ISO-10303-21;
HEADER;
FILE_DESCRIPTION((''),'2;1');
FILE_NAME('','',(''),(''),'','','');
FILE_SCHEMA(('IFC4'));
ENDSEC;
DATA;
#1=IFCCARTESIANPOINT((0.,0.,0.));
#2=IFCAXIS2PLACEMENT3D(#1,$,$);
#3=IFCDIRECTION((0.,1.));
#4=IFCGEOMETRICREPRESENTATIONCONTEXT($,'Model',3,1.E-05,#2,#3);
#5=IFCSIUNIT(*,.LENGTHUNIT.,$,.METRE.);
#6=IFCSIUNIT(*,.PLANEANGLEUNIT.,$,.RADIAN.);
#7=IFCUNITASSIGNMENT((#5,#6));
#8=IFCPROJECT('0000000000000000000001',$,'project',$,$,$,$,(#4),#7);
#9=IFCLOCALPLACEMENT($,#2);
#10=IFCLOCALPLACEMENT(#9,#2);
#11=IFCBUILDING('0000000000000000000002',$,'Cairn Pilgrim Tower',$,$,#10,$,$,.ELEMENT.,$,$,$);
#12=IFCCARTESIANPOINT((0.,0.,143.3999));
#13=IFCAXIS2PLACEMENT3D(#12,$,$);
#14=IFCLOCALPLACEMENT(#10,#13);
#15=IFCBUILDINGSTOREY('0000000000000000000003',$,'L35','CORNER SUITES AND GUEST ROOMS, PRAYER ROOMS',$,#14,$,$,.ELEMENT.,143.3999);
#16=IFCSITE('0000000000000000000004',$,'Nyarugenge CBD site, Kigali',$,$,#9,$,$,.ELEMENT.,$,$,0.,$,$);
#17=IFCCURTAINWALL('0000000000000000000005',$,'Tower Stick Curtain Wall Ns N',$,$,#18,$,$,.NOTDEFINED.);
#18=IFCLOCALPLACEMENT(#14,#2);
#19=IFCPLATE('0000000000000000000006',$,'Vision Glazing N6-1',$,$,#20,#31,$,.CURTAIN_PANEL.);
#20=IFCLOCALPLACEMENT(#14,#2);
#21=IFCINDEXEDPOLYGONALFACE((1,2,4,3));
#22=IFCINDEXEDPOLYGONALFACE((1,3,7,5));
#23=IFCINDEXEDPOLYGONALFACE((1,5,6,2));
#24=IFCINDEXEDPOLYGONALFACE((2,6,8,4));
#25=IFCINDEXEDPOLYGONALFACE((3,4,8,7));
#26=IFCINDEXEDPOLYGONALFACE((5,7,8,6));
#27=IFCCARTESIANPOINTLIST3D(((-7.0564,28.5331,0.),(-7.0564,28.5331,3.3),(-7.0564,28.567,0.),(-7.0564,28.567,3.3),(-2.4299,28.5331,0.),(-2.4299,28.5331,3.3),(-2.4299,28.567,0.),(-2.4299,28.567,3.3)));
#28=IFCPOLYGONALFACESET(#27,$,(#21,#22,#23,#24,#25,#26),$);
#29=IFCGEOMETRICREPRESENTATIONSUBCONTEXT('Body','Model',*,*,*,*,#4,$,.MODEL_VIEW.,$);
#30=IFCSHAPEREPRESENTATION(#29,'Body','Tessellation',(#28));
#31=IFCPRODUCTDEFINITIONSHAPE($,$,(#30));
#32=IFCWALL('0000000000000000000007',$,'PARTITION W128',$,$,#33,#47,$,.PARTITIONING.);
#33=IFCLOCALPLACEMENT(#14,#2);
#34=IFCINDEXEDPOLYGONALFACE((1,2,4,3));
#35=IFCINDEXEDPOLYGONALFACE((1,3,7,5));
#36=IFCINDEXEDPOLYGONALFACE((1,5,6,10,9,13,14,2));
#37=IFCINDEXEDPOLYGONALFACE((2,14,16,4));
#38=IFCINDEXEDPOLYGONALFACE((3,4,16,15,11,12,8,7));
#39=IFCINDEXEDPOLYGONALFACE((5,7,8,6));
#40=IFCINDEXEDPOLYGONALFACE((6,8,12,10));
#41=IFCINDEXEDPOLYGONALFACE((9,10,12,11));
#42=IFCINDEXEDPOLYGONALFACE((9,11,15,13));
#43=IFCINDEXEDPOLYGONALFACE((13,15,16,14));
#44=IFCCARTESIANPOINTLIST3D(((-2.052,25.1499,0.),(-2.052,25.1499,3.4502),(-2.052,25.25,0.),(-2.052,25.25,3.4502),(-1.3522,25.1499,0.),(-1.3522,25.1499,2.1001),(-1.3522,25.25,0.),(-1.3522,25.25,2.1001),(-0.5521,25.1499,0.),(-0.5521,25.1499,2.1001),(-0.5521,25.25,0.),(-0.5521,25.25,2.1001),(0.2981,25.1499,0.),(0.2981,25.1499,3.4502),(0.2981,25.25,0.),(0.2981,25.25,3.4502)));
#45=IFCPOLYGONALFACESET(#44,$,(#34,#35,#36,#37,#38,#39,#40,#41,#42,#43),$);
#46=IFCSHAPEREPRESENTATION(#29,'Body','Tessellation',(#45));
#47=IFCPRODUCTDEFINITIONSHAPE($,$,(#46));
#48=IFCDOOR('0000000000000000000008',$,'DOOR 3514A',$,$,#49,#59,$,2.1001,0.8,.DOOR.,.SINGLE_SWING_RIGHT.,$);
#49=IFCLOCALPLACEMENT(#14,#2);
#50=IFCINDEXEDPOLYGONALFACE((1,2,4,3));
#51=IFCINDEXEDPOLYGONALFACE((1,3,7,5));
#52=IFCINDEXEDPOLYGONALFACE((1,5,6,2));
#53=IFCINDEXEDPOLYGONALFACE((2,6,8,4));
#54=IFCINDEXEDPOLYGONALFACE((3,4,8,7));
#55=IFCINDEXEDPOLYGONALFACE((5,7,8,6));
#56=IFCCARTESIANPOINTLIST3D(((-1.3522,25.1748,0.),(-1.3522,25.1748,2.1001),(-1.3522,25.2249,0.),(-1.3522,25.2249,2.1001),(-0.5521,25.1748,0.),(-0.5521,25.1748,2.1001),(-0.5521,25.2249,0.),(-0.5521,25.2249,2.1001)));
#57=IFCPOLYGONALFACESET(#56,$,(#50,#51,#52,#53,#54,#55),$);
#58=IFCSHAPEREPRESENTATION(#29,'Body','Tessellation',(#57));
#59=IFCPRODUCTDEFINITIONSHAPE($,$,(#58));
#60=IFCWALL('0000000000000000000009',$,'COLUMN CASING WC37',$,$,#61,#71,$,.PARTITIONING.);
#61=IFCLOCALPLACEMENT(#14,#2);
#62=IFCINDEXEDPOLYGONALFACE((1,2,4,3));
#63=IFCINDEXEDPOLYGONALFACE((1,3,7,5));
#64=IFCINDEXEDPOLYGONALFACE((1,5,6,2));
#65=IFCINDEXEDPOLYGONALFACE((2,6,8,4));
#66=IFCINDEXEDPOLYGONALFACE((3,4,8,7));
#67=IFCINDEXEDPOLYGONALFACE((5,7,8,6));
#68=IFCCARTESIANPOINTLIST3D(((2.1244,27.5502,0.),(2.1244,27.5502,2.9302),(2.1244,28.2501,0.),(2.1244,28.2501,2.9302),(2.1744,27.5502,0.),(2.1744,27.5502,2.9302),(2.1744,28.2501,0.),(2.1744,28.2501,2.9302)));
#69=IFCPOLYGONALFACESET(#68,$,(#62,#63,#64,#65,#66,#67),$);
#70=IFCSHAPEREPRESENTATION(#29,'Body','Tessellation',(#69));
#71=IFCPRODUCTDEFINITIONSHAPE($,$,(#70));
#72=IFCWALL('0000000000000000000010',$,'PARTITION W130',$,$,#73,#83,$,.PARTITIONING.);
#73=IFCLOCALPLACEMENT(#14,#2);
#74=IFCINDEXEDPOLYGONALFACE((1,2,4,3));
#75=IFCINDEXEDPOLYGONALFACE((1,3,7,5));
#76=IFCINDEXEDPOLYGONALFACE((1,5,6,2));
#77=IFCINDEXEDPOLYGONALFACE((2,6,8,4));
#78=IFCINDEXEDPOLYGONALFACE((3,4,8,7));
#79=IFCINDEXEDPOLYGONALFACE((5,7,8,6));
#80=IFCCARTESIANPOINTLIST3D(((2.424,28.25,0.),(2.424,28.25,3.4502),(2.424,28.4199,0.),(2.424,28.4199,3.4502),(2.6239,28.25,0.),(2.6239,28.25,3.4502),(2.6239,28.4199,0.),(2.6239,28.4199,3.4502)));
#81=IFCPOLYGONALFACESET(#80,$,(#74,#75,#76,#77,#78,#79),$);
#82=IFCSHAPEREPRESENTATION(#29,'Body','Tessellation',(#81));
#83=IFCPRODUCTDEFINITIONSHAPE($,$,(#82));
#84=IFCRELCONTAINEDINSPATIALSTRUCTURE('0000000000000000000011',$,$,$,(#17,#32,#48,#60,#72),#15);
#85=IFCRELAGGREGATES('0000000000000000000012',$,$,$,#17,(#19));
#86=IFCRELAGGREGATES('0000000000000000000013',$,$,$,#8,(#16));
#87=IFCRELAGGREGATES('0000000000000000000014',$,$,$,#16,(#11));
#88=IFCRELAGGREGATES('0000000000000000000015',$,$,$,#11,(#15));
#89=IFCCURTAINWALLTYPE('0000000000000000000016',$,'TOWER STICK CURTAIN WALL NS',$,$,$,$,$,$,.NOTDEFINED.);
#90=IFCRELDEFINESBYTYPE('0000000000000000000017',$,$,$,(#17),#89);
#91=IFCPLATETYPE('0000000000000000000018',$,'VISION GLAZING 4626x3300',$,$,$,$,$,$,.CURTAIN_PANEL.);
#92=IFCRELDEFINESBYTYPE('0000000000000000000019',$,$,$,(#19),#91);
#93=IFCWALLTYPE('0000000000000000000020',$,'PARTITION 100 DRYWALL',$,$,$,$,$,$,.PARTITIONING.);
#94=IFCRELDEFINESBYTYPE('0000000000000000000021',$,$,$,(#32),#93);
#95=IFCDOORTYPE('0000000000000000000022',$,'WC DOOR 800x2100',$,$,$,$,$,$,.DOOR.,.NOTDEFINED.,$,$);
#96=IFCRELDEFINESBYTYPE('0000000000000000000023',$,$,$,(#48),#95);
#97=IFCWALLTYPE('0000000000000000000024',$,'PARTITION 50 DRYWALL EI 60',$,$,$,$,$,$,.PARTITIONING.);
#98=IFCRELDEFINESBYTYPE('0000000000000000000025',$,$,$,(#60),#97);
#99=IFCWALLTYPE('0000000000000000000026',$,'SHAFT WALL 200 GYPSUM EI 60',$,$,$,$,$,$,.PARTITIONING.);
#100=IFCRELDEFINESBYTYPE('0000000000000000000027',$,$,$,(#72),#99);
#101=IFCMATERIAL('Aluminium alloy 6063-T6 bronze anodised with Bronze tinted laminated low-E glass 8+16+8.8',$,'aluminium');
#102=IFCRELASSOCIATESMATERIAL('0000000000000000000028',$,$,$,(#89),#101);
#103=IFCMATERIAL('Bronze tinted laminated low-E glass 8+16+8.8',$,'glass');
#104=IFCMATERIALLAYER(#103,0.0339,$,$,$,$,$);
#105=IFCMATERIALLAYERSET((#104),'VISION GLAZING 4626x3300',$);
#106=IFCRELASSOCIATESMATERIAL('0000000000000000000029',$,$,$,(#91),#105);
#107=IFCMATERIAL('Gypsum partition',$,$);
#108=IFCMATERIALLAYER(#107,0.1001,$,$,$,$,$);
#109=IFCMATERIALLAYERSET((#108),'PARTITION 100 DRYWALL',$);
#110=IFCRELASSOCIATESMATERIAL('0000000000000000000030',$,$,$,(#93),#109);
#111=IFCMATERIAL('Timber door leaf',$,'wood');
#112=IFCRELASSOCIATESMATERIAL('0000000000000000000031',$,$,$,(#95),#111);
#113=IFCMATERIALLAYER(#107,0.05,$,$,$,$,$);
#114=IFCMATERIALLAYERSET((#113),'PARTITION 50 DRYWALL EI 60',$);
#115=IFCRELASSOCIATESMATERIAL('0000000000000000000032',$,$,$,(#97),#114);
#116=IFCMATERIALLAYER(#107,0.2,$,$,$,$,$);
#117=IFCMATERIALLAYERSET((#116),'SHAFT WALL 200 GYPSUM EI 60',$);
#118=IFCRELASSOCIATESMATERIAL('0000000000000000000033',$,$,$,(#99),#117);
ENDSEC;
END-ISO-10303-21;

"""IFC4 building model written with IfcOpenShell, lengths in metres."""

from ifc_helpers import new_model, si_unit, direction, frame, frame_2d, origin, origin_2d, place, context, subcontext, project, spatial, rectangle, extrude, material, layer, layer_set, type_object, element, fill, aggregate, save


model = new_model("IFC4")

# Units and contexts
model_context = context("Model", 3, precision=1e-05, world=origin(), true_north=direction((0.0, 1.0)))
body_context = subcontext(model_context, "Body", "Model", "MODEL_VIEW")
ifc_project = project(units=[si_unit("LENGTHUNIT", "METRE"), si_unit("PLANEANGLEUNIT", "RADIAN")], contexts=[model_context])

# Site, building, storey
site_placement = place(None, origin())
site = spatial("IfcSite", under=ifc_project, at=site_placement, Name="Nyarugenge CBD site, Kigali", CompositionType="ELEMENT", RefElevation=0.0)
building_placement = place(site_placement, origin())
building = spatial("IfcBuilding", under=site, at=building_placement, Name="Cairn Pilgrim Tower", CompositionType="ELEMENT")
storey_placement = place(building_placement, frame((0.0, 0.0, 143.3999)))
storey = spatial("IfcBuildingStorey", under=building, at=storey_placement, Name="L35", Description="CORNER SUITES AND GUEST ROOMS, PRAYER ROOMS", CompositionType="ELEMENT", Elevation=143.3999)

# Curtain wall
ifc_material_1 = material(Name="Aluminium alloy 6063-T6 bronze anodised with Bronze tinted laminated low-E glass 8+16+8.8", Category="aluminium")
curtain_wall_type_1 = type_object("IfcCurtainWallType", Name="TOWER STICK CURTAIN WALL NS", PredefinedType="NOTDEFINED", material=ifc_material_1)
curtain_wall_1_placement = place(storey_placement, origin())
curtain_wall_1 = element("IfcCurtainWall", 1, at=curtain_wall_1_placement, inside=storey, type_object=curtain_wall_type_1, Name="Tower Stick Curtain Wall Ns N", PredefinedType="NOTDEFINED")

# Plate
ifc_material_2 = material(Name="Bronze tinted laminated low-E glass 8+16+8.8", Category="glass")
ifc_layer_1 = layer(ifc_material_2, 0.0339)
ifc_layer_set_1 = layer_set([ifc_layer_1], Name="VISION GLAZING 4626x3300")
plate_type = type_object("IfcPlateType", Name="VISION GLAZING 4626x3300", PredefinedType="CURTAIN_PANEL", material=ifc_layer_set_1)
plate_placement = place(storey_placement, frame((-4.7432, 28.55, 0.0), z_axis=(0.0, 0.0, 1.0), x_axis=(-1.0, 0.0, 0.0)))
plate = element("IfcPlate", 2, at=plate_placement, type_object=plate_type, Name="Vision Glazing N6-1", PredefinedType="CURTAIN_PANEL", context=body_context, shape_type="SweptSolid", body=[
    extrude(rectangle(XDim=4.6265, YDim=0.0339, at=origin_2d()), origin(), (0.0, 0.0, 1.0), 3.3),
])
aggregate(curtain_wall_1, [plate])

# Wall, opening, door
ifc_material_3 = material(Name="Gypsum partition")
ifc_layer_2 = layer(ifc_material_3, 0.1001)
ifc_layer_set_2 = layer_set([ifc_layer_2], Name="PARTITION 100 DRYWALL")
wall_type_1 = type_object("IfcWallType", Name="PARTITION 100 DRYWALL", PredefinedType="PARTITIONING", material=ifc_layer_set_2)
wall_1_placement = place(storey_placement, frame((-2.052, 25.2, 0.0), z_axis=(0.0, 0.0, 1.0), x_axis=(1.0, 0.0, 0.0)))
wall_1 = element("IfcWall", 3, at=wall_1_placement, inside=storey, type_object=wall_type_1, Name="PARTITION W128", PredefinedType="PARTITIONING", context=body_context, shape_type="SweptSolid", body=[
    extrude(rectangle(XDim=2.3501, YDim=0.1001, at=frame_2d((1.175, 0.0))), origin(), (0.0, 0.0, 1.0), 3.4502),
])
opening_1_placement = place(wall_1_placement, frame((0.7, 0.0, 0.0)))
opening_1 = element("IfcOpeningElement", 4, at=opening_1_placement, cuts=wall_1, PredefinedType="OPENING", context=body_context, shape_type="SweptSolid", body=[
    extrude(rectangle(XDim=0.8, YDim=2.1001, at=frame_2d((0.3999, 1.05))), frame((0.0, 0.0601, 0.0), z_axis=(0.0, -1.0, 0.0), x_axis=(1.0, 0.0, 0.0)), (0.0, 0.0, 1.0), 0.1201),
])
ifc_material_4 = material(Name="Timber door leaf", Category="wood")
door_type_1 = type_object("IfcDoorType", Name="WC DOOR 800x2100", OperationType="NOTDEFINED", PredefinedType="DOOR", material=ifc_material_4)
door_1_placement = place(opening_1_placement, origin())
door_1 = element("IfcDoor", 5, at=door_1_placement, inside=storey, type_object=door_type_1, Name="DOOR 3514A", OperationType="SINGLE_SWING_RIGHT", OverallHeight=2.1001, OverallWidth=0.8, PredefinedType="DOOR", context=body_context, shape_type="SweptSolid", body=[
    extrude(rectangle(XDim=0.8, YDim=2.1001, at=frame_2d((0.3999, 1.05))), frame((0.0, 0.0249, 0.0), z_axis=(0.0, -1.0, 0.0), x_axis=(1.0, 0.0, 0.0)), (0.0, 0.0, 1.0), 0.05),
])
fill(opening_1, door_1)

# Walls
ifc_layer_3 = layer(ifc_material_3, 0.05)
ifc_layer_set_3 = layer_set([ifc_layer_3], Name="PARTITION 50 DRYWALL EI 60")
wall_type_2 = type_object("IfcWallType", Name="PARTITION 50 DRYWALL EI 60", PredefinedType="PARTITIONING", material=ifc_layer_set_3)
wall_2_placement = place(storey_placement, frame((2.1494, 27.55, 0.0), z_axis=(0.0, 0.0, 1.0), x_axis=(0.0, 1.0, 0.0)))
element("IfcWall", 6, at=wall_2_placement, inside=storey, type_object=wall_type_2, Name="COLUMN CASING WC37", PredefinedType="PARTITIONING", context=body_context, shape_type="SweptSolid", body=[
    extrude(rectangle(XDim=0.7, YDim=0.05, at=frame_2d((0.3501, 0.0))), origin(), (0.0, 0.0, 1.0), 2.9302),
])
ifc_layer_4 = layer(ifc_material_3, 0.2)
ifc_layer_set_4 = layer_set([ifc_layer_4], Name="SHAFT WALL 200 GYPSUM EI 60")
wall_type_3 = type_object("IfcWallType", Name="SHAFT WALL 200 GYPSUM EI 60", PredefinedType="PARTITIONING", material=ifc_layer_set_4)
wall_3_placement = place(storey_placement, frame((2.5239, 28.25, 0.0), z_axis=(0.0, 0.0, 1.0), x_axis=(0.0, 1.0, 0.0)))
element("IfcWall", 7, at=wall_3_placement, inside=storey, type_object=wall_type_3, Name="PARTITION W130", PredefinedType="PARTITIONING", context=body_context, shape_type="SweptSolid", body=[
    extrude(rectangle(XDim=0.1699, YDim=0.2, at=frame_2d((0.085, 0.0))), origin(), (0.0, 0.0, 1.0), 3.4502),
])

save(model, "model.ifc")
